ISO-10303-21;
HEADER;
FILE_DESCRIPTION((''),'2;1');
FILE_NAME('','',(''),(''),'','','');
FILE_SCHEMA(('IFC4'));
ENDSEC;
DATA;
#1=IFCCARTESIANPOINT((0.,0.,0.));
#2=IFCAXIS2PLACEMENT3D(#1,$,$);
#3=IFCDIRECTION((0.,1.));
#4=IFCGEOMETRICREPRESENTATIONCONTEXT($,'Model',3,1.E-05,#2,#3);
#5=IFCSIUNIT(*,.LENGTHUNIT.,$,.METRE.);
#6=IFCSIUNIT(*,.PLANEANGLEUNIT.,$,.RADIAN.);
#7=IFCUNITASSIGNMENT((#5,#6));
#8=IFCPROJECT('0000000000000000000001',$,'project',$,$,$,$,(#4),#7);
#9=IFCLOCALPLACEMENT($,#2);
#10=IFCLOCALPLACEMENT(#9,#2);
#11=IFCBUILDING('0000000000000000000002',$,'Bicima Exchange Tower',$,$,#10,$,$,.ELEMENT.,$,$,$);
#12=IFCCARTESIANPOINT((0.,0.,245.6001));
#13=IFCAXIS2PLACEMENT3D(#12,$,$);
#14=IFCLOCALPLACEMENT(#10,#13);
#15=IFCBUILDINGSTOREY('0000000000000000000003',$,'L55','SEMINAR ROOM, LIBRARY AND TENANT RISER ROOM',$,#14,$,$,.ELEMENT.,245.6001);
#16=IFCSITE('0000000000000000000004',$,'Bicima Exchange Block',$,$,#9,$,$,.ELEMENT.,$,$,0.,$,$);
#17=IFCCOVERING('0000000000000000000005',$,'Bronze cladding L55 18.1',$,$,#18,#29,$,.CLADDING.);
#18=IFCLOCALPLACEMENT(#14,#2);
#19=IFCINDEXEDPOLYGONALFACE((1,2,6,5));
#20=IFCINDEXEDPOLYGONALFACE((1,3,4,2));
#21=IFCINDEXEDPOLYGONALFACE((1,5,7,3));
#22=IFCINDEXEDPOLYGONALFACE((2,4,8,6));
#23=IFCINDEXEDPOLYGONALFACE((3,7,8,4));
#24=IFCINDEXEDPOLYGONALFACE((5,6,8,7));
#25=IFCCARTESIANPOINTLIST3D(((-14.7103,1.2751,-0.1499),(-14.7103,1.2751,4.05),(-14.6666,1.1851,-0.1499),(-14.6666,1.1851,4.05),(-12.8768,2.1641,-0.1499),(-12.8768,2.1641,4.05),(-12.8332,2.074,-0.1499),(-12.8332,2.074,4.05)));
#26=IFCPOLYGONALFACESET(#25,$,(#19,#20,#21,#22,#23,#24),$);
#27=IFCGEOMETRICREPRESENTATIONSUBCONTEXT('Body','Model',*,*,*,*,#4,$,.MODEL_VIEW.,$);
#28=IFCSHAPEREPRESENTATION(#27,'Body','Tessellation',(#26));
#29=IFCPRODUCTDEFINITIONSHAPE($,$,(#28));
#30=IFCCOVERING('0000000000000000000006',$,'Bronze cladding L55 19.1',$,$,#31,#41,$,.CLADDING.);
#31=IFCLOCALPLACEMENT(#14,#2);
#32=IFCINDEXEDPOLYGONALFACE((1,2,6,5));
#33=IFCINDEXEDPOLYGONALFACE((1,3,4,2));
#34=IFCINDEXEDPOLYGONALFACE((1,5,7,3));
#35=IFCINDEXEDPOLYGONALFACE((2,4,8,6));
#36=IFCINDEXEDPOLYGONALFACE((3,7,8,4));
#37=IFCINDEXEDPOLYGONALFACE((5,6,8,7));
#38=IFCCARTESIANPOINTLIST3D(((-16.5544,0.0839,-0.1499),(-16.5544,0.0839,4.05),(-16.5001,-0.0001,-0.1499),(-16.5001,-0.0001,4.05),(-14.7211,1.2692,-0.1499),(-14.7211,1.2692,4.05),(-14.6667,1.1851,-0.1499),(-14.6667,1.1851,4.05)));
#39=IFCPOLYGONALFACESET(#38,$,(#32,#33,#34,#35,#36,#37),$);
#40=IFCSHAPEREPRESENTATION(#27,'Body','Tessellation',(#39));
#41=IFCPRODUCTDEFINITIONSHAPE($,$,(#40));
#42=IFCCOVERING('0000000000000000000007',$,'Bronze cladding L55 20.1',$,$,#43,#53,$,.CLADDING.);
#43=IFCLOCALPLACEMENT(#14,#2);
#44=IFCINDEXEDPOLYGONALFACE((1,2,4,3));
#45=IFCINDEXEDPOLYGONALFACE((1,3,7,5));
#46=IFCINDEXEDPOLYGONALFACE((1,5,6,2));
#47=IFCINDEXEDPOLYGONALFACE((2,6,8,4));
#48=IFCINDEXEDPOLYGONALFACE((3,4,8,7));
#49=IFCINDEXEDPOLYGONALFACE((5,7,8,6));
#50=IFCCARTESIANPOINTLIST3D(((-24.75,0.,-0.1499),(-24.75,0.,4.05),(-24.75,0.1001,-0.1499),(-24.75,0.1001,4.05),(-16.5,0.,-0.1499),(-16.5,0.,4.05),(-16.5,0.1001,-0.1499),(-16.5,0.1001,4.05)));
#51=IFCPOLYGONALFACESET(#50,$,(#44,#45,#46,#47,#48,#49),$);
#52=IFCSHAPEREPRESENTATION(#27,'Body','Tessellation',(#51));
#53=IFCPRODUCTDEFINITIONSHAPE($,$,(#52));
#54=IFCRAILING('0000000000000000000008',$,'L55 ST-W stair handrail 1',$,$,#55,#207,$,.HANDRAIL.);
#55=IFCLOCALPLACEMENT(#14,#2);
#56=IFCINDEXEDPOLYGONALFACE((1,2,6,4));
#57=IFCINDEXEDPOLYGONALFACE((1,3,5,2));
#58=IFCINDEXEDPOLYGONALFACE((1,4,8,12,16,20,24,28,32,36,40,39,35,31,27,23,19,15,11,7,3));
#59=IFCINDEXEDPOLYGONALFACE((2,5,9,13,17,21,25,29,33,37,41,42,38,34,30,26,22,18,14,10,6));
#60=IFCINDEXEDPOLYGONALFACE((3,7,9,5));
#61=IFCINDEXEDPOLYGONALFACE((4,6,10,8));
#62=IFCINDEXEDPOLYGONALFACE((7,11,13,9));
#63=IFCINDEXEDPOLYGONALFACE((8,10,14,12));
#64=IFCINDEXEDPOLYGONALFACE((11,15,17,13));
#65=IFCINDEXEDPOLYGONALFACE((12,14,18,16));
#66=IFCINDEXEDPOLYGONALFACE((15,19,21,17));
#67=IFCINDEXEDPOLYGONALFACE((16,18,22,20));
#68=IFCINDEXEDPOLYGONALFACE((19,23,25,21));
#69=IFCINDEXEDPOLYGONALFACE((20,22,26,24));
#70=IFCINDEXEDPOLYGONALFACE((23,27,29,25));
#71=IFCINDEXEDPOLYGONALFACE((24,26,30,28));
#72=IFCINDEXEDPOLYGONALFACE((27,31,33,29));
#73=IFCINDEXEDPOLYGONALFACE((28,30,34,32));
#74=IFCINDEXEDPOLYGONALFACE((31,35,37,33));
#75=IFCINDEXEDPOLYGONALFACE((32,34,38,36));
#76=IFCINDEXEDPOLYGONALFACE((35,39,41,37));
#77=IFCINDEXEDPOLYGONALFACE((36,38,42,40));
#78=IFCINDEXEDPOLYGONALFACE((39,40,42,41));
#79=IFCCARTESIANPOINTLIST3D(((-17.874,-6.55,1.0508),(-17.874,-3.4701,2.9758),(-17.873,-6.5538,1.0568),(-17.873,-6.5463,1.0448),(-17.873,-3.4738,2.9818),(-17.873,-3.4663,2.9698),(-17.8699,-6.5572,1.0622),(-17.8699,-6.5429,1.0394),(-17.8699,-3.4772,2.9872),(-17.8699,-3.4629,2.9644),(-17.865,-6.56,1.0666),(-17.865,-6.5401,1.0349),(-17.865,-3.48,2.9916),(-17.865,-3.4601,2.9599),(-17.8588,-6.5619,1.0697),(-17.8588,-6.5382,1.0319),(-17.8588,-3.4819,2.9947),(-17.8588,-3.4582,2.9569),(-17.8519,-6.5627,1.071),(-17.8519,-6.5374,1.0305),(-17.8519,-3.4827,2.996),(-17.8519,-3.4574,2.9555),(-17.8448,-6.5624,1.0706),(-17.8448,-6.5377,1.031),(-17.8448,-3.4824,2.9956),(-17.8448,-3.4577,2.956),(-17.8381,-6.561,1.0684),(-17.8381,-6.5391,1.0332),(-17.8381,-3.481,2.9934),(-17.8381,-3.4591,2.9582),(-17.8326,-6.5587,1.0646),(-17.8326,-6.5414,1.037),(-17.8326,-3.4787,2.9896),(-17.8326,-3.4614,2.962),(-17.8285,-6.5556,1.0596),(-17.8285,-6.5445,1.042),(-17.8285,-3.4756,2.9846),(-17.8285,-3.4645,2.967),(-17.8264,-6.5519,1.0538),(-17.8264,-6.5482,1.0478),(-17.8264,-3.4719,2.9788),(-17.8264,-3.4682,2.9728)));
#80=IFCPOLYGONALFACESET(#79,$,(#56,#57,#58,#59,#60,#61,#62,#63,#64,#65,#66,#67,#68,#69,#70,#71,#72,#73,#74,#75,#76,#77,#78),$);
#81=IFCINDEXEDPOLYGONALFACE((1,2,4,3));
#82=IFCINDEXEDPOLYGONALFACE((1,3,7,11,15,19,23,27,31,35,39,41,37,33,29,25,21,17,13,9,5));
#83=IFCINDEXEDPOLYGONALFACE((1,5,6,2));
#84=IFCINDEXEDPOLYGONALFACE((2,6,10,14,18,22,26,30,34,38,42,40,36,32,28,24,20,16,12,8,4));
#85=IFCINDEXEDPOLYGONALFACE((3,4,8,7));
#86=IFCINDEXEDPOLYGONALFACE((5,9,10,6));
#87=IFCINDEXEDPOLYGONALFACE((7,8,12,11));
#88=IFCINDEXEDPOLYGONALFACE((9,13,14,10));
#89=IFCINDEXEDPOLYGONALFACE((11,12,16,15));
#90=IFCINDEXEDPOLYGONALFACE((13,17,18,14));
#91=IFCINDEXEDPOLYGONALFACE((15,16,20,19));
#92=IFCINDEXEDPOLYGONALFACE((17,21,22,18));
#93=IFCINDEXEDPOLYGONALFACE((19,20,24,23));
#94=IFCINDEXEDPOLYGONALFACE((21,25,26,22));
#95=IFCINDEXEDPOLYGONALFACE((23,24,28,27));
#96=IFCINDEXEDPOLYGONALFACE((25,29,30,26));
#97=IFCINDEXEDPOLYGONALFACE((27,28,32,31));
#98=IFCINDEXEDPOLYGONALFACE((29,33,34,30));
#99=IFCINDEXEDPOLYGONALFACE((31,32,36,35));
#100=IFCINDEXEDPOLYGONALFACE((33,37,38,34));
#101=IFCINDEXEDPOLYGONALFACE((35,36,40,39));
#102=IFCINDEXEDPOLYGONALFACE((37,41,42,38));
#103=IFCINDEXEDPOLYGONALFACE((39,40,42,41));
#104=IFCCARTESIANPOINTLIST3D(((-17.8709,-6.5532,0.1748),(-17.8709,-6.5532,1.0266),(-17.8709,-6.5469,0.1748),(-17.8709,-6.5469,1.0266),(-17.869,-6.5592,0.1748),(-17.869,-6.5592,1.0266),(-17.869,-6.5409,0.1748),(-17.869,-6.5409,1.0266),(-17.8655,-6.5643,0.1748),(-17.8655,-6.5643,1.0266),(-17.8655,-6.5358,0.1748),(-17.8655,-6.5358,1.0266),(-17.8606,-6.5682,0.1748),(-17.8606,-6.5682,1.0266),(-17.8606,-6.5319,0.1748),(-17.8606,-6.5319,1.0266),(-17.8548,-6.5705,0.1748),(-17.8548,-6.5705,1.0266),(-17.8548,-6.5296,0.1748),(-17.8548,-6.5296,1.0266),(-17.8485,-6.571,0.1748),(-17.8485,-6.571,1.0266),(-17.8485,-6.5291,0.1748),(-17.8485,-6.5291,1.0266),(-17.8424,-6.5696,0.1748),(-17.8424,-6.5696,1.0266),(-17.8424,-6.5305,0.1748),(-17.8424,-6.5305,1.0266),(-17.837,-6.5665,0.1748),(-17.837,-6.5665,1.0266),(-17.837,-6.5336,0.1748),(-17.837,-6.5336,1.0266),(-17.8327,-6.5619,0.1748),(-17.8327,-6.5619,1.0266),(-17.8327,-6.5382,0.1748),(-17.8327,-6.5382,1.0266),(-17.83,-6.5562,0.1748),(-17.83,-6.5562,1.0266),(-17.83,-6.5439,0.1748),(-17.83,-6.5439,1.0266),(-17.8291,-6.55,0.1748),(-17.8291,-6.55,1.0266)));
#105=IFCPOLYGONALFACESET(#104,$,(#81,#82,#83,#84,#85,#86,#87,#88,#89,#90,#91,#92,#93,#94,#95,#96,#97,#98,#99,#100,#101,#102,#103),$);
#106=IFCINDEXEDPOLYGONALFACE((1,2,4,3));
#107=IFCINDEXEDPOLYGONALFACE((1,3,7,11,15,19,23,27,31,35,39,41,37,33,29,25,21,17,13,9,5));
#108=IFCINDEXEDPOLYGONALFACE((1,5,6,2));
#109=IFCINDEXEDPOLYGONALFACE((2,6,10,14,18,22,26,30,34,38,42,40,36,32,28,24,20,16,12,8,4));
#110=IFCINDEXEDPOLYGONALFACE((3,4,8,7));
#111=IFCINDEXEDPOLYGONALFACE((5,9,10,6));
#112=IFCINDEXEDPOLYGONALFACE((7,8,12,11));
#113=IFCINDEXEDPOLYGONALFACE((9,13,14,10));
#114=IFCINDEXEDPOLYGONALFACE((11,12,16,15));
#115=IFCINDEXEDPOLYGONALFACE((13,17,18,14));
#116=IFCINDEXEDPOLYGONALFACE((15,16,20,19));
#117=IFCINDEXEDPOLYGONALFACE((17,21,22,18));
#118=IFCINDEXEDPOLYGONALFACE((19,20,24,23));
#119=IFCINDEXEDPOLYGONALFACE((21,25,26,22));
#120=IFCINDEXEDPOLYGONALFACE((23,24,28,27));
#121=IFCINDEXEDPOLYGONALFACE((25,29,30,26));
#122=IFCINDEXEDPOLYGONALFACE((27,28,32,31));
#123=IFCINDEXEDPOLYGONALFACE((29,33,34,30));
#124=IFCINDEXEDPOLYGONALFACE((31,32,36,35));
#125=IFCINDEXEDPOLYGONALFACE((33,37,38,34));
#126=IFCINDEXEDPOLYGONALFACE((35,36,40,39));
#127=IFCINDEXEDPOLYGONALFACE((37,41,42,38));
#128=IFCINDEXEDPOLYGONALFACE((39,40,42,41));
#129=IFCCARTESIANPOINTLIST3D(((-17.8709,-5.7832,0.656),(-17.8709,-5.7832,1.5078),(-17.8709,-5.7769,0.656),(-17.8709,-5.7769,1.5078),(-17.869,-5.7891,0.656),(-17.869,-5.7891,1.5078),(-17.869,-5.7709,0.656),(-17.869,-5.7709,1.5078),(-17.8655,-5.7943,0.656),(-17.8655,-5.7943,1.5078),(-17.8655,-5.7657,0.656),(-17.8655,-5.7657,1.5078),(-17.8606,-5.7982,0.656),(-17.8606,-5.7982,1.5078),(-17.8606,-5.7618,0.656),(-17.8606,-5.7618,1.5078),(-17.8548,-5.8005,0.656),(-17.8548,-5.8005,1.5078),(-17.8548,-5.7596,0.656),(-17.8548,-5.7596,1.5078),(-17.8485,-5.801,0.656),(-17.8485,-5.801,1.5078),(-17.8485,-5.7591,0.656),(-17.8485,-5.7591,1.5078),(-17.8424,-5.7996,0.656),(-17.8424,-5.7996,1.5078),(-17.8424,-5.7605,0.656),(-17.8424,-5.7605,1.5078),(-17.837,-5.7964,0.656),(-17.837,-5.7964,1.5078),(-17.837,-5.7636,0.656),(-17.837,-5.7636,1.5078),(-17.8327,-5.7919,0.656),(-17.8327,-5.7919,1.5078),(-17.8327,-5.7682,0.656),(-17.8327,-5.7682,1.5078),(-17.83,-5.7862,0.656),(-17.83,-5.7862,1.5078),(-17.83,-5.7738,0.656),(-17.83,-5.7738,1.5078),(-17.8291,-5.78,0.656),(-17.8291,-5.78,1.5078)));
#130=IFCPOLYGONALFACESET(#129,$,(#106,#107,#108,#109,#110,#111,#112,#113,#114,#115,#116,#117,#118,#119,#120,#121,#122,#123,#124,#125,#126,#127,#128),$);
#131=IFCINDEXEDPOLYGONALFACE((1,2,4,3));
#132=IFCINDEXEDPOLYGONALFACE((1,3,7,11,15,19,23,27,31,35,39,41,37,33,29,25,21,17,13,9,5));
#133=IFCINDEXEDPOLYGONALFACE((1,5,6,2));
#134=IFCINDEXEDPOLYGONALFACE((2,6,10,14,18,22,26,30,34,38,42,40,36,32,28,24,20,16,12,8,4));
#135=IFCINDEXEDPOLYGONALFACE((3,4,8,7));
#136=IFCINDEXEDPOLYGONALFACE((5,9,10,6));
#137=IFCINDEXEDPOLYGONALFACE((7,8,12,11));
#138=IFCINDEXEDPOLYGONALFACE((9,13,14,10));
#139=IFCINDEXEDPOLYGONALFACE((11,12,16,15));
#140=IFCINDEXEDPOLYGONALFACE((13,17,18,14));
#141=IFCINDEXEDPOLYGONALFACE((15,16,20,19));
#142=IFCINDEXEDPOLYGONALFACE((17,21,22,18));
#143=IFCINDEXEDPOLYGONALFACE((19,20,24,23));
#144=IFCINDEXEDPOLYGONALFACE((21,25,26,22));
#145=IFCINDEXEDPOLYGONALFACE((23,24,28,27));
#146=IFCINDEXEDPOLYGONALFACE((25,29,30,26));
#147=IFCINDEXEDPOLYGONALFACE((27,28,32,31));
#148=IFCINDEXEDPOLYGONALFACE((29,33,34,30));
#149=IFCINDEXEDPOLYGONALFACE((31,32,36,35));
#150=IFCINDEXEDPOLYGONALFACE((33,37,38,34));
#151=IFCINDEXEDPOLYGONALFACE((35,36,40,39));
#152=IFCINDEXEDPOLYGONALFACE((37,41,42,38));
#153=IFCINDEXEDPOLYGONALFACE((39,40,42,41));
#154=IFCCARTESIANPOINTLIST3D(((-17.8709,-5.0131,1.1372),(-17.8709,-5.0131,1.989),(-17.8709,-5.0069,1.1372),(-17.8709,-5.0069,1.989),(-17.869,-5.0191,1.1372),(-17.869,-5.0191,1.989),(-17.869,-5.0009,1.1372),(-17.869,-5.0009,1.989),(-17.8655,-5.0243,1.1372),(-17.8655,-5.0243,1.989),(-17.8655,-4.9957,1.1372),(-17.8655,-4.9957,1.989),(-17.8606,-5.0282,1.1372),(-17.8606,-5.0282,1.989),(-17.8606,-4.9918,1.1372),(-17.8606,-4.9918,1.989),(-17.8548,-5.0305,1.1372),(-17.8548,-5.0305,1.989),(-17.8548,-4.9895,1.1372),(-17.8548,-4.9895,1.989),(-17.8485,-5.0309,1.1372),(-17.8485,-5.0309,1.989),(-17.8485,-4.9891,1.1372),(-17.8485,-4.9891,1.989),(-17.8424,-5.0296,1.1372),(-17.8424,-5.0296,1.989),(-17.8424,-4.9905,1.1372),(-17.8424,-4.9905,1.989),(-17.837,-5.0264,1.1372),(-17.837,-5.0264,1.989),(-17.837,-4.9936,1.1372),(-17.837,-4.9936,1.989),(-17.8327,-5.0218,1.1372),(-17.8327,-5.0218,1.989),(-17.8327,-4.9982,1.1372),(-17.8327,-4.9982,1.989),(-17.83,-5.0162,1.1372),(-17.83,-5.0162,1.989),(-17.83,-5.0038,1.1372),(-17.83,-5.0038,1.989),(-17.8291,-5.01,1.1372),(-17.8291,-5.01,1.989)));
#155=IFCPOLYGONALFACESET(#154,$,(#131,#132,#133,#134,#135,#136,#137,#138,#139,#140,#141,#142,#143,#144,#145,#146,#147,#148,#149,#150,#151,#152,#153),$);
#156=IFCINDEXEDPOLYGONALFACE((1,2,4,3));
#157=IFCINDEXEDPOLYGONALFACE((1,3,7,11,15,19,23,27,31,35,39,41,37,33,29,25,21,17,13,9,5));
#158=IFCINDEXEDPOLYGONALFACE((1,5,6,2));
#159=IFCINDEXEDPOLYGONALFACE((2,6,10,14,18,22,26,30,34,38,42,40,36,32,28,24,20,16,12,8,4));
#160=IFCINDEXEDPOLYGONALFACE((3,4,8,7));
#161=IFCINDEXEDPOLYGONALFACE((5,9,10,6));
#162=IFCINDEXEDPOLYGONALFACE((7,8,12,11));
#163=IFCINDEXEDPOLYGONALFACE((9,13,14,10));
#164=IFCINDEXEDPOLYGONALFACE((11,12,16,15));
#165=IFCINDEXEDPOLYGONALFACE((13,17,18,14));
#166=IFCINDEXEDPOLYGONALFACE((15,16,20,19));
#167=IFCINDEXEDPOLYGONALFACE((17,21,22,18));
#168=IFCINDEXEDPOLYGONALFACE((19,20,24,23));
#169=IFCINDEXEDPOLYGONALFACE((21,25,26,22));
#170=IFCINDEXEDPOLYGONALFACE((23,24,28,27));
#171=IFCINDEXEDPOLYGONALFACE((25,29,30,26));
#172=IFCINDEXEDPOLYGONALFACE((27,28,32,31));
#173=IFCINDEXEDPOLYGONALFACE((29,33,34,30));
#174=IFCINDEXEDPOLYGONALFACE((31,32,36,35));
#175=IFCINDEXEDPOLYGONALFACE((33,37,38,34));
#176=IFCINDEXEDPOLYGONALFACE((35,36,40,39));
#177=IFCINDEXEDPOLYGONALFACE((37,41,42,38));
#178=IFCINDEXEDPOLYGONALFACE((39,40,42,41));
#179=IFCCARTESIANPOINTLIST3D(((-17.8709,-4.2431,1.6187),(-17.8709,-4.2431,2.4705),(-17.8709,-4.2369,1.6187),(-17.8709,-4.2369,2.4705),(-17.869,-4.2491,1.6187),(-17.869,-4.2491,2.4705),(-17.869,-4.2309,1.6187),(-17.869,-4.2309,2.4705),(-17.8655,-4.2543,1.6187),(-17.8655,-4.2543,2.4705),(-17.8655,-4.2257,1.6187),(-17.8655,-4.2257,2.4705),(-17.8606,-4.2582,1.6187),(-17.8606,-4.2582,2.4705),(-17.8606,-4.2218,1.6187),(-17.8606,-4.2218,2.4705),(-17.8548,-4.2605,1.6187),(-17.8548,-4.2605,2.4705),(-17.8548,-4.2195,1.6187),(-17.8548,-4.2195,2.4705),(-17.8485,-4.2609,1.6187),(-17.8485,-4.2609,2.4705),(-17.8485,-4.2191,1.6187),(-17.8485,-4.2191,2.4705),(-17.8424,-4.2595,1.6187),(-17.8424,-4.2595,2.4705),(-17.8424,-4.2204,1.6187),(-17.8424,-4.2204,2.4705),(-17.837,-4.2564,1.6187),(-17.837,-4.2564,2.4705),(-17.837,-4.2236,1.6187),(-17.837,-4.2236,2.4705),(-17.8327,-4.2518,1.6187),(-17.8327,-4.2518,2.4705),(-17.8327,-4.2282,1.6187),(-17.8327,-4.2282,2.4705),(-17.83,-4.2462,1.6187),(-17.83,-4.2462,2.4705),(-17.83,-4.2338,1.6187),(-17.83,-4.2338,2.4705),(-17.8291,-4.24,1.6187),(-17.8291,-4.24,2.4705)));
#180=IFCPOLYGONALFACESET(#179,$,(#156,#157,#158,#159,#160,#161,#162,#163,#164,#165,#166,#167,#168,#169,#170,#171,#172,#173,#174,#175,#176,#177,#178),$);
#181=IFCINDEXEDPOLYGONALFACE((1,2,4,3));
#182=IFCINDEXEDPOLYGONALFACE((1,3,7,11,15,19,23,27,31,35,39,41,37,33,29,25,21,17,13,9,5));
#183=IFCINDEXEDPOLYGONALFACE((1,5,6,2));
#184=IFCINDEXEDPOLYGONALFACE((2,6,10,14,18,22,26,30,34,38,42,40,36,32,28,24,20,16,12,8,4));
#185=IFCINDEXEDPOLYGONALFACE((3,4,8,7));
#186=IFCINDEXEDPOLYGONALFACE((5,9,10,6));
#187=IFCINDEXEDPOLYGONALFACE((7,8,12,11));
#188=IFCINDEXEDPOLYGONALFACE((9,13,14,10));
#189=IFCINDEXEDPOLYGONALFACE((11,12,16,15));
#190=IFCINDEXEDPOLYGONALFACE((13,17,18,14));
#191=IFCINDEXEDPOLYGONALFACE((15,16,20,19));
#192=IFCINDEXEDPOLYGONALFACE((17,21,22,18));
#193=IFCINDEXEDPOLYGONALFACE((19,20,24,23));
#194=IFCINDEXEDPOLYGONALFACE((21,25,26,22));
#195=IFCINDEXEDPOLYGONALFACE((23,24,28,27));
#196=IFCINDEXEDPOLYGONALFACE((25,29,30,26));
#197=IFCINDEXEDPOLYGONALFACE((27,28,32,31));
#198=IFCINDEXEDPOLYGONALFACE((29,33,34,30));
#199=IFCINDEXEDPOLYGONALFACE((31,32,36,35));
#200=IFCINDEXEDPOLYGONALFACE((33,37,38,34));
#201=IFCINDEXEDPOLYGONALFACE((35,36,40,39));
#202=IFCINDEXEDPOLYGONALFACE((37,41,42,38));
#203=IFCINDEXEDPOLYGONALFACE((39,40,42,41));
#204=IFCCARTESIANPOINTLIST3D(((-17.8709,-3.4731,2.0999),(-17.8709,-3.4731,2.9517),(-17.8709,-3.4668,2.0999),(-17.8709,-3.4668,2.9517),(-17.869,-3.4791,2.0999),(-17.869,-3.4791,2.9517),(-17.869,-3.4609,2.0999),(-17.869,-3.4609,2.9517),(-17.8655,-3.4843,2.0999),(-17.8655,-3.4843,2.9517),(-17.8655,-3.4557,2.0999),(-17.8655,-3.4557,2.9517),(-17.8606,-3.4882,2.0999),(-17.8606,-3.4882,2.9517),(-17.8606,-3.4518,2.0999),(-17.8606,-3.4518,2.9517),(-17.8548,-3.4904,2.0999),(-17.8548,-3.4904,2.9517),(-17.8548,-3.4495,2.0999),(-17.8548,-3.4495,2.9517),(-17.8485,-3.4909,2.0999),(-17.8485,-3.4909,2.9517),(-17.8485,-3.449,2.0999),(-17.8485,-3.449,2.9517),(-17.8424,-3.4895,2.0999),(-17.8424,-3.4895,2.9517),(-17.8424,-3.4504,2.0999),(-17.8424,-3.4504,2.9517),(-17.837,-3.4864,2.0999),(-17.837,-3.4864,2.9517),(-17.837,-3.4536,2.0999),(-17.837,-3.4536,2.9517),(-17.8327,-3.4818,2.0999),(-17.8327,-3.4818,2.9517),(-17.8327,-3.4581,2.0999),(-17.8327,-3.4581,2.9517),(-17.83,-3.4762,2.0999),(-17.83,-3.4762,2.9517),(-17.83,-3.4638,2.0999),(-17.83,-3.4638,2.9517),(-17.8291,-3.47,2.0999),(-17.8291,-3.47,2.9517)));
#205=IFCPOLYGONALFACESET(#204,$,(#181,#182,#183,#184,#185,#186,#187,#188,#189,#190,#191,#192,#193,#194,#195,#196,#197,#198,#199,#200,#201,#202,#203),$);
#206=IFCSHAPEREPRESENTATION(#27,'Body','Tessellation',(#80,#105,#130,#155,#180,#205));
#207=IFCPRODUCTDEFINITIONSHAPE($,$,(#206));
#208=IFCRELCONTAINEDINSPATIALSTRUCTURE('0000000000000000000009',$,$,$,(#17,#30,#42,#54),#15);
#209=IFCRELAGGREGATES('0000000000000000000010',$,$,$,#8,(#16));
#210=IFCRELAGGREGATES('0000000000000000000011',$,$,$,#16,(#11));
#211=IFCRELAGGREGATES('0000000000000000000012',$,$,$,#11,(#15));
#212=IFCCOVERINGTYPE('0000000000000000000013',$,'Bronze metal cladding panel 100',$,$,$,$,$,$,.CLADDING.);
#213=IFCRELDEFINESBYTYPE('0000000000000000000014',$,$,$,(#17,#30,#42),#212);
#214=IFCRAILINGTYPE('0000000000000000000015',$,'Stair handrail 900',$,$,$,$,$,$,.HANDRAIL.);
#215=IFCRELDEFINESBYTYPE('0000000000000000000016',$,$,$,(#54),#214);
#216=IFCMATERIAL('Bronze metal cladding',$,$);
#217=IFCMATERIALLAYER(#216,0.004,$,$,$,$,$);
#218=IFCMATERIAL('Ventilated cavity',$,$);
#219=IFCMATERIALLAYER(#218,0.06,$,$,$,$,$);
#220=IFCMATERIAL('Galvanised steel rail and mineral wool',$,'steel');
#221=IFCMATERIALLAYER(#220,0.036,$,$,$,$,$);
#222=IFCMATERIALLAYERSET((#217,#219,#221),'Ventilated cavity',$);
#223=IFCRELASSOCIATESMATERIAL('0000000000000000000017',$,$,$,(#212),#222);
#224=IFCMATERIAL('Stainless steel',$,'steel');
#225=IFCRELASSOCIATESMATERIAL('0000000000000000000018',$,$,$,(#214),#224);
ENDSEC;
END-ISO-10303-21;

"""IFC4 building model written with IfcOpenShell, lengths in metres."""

from ifc_helpers import new_model, si_unit, direction, frame, origin, origin_2d, place, context, subcontext, project, spatial, rectangle, circle, extrude, material, layer, layer_set, type_object, element, save


model = new_model("IFC4")

# Units and contexts
model_context = context("Model", 3, precision=1e-05, world=origin(), true_north=direction((0.0, 1.0)))
body_context = subcontext(model_context, "Body", "Model", "MODEL_VIEW")
ifc_project = project(units=[si_unit("LENGTHUNIT", "METRE"), si_unit("PLANEANGLEUNIT", "RADIAN")], contexts=[model_context])

# Site, building, storey
site_placement = place(None, origin())
site = spatial("IfcSite", under=ifc_project, at=site_placement, Name="Bicima Exchange Block", CompositionType="ELEMENT", RefElevation=0.0)
building_placement = place(site_placement, origin())
building = spatial("IfcBuilding", under=site, at=building_placement, Name="Bicima Exchange Tower", CompositionType="ELEMENT")
storey_placement = place(building_placement, frame((0.0, 0.0, 245.6001)))
storey = spatial("IfcBuildingStorey", under=building, at=storey_placement, Name="L55", Description="SEMINAR ROOM, LIBRARY AND TENANT RISER ROOM", CompositionType="ELEMENT", Elevation=245.6001)

# Shared definitions
ifc_material_1 = material(Name="Stainless steel", Category="steel")

# Coverings
ifc_material_2 = material(Name="Bronze metal cladding")
ifc_layer_1 = layer(ifc_material_2, 0.004)
ifc_material_3 = material(Name="Ventilated cavity")
ifc_layer_2 = layer(ifc_material_3, 0.06)
ifc_material_4 = material(Name="Galvanised steel rail and mineral wool", Category="steel")
ifc_layer_3 = layer(ifc_material_4, 0.036)
ifc_layer_set_1 = layer_set([ifc_layer_1, ifc_layer_2, ifc_layer_3], Name="Ventilated cavity")
covering_type = type_object("IfcCoveringType", Name="Bronze metal cladding panel 100", PredefinedType="CLADDING", material=ifc_layer_set_1)
covering_1_placement = place(storey_placement, frame((-13.7717, 1.6746, -0.1499), z_axis=(0.0, 0.0, 1.0), x_axis=(-0.899818, -0.436265, 0.0)))
element("IfcCovering", 1, at=covering_1_placement, inside=storey, type_object=covering_type, Name="Bronze cladding L55 18.1", PredefinedType="CLADDING", context=body_context, shape_type="SweptSolid", body=[
    extrude(rectangle(XDim=2.0376, YDim=0.1001, at=origin_2d()), origin(), (0.0, 0.0, 1.0), 4.2),
])
covering_2_placement = place(storey_placement, frame((-15.6106, 0.6345, -0.1499), z_axis=(0.0, 0.0, 1.0), x_axis=(-0.83979, -0.542911, 0.0)))
element("IfcCovering", 2, at=covering_2_placement, inside=storey, type_object=covering_type, Name="Bronze cladding L55 19.1", PredefinedType="CLADDING", context=body_context, shape_type="SweptSolid", body=[
    extrude(rectangle(XDim=2.1831, YDim=0.1001, at=origin_2d()), origin(), (0.0, 0.0, 1.0), 4.2),
])
covering_3_placement = place(storey_placement, frame((-20.625, 0.05, -0.1499), z_axis=(0.0, 0.0, 1.0), x_axis=(-1.0, 0.0, 0.0)))
element("IfcCovering", 3, at=covering_3_placement, inside=storey, type_object=covering_type, Name="Bronze cladding L55 20.1", PredefinedType="CLADDING", context=body_context, shape_type="SweptSolid", body=[
    extrude(rectangle(XDim=8.25, YDim=0.1001, at=origin_2d()), origin(), (0.0, 0.0, 1.0), 4.2),
])

# Railing
railing_type_1 = type_object("IfcRailingType", Name="Stair handrail 900", PredefinedType="HANDRAIL", material=ifc_material_1)
railing_1_placement = place(storey_placement, frame((-17.8501, -6.55, 0.1748)))
element("IfcRailing", 4, at=railing_1_placement, inside=storey, type_object=railing_type_1, Name="L55 ST-W stair handrail 1", PredefinedType="HANDRAIL", context=body_context, shape_type="SweptSolid", body=[
    extrude(circle(Radius=0.0239, at=origin_2d()), frame((0.0, 0.0, 0.876), z_axis=(0.0, 0.847998, 0.529999), x_axis=(-1.0, 0.0, 0.0)), (0.0, 0.0, 1.0), 3.6321),
    extrude(circle(Radius=0.021, at=origin_2d()), origin(), (0.0, 0.0, 1.0), 0.8518),
    extrude(circle(Radius=0.021, at=origin_2d()), frame((0.0, 0.77, 0.4812)), (0.0, 0.0, 1.0), 0.8518),
    extrude(circle(Radius=0.021, at=origin_2d()), frame((0.0, 1.54, 0.9624)), (0.0, 0.0, 1.0), 0.8518),
    extrude(circle(Radius=0.021, at=origin_2d()), frame((0.0, 2.3101, 1.4438)), (0.0, 0.0, 1.0), 0.8518),
    extrude(circle(Radius=0.021, at=origin_2d()), frame((0.0, 3.0801, 1.925)), (0.0, 0.0, 1.0), 0.8518),
])

save(model, "model.ifc")
